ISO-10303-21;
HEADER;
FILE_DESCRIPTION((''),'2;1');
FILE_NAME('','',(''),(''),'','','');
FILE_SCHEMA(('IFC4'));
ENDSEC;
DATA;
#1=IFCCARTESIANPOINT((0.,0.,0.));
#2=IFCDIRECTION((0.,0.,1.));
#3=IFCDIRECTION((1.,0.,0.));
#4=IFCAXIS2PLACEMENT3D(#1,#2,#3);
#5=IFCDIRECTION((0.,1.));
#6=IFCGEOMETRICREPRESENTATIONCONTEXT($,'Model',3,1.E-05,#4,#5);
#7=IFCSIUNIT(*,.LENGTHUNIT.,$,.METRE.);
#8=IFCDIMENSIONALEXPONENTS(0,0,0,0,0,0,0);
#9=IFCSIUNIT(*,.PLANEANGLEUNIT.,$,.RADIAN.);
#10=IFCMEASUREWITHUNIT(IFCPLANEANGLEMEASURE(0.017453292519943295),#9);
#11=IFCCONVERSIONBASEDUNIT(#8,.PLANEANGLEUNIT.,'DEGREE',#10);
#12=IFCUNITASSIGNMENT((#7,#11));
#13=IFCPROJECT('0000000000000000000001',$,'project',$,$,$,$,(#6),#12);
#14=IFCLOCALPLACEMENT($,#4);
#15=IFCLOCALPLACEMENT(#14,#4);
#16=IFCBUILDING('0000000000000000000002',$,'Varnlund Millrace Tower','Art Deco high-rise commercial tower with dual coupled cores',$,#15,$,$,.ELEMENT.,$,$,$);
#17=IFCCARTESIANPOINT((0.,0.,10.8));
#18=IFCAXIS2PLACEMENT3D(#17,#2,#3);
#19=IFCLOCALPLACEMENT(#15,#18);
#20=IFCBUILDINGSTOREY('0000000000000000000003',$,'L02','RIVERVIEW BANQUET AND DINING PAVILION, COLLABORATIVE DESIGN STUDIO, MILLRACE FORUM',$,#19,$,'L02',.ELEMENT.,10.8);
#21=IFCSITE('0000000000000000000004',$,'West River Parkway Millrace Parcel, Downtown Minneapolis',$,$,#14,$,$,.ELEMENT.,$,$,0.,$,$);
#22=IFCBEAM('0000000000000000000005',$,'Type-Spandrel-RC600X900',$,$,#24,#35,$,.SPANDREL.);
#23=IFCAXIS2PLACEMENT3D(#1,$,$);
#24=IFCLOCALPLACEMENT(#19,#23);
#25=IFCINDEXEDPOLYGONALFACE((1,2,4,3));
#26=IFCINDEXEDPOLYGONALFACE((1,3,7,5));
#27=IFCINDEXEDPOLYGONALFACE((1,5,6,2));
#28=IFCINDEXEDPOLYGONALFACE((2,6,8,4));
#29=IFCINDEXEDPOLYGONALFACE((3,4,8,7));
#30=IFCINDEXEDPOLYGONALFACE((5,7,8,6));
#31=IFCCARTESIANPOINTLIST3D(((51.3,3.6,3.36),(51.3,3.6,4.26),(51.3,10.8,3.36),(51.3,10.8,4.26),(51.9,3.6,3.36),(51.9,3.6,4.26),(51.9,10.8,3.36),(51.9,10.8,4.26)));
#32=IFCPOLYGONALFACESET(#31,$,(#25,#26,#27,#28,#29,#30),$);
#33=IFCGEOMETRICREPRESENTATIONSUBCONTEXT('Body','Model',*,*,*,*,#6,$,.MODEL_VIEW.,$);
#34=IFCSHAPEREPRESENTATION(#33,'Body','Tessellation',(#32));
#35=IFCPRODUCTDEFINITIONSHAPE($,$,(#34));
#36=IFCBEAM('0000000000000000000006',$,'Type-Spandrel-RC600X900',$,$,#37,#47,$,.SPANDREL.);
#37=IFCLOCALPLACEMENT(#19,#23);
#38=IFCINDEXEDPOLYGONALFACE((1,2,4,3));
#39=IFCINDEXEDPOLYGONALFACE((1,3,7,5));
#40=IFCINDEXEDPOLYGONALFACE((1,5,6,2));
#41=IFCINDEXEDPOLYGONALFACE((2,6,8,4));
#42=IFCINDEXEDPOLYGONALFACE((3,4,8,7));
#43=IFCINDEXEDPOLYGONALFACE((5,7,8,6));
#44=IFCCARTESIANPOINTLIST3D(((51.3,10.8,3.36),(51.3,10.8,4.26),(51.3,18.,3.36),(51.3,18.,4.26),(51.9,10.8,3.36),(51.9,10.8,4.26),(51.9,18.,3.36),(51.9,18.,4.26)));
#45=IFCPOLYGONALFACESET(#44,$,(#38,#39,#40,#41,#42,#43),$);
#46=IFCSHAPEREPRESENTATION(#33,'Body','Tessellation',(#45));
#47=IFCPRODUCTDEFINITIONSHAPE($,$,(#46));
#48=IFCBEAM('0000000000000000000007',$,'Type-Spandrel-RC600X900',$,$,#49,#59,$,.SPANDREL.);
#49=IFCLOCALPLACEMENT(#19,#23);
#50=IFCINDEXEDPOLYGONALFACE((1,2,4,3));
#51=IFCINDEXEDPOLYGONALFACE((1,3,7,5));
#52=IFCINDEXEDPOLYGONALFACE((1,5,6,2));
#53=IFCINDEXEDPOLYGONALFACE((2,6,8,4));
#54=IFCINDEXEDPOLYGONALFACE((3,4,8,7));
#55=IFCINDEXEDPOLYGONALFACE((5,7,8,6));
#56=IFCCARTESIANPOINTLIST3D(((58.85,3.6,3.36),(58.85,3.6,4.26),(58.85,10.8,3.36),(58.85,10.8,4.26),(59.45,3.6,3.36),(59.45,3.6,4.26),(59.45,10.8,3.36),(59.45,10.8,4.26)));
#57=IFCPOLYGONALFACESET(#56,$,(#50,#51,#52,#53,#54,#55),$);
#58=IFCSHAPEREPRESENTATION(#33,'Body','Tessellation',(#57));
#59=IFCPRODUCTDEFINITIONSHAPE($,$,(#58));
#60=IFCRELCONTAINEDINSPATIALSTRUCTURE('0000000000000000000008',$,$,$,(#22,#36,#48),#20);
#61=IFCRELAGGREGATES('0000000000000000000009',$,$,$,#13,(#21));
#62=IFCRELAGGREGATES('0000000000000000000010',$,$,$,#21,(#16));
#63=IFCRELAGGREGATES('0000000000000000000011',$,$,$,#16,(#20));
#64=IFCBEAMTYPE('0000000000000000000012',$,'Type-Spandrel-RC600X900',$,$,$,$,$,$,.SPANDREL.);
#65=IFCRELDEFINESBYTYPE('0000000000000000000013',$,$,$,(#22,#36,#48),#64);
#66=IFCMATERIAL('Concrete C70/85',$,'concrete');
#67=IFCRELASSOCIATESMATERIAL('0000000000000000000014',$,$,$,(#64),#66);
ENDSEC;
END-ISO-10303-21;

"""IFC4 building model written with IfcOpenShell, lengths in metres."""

from ifc_helpers import new_model, entity, si_unit, converted_unit, direction, frame, origin_with_axes, origin_2d_with_axis, place, context, subcontext, project, spatial, rectangle, extrude, material, material_profile, profile_set, type_object, element, save


model = new_model("IFC4")

# Units and contexts
model_context = context("Model", 3, precision=1e-05, world=origin_with_axes(), true_north=direction((0.0, 1.0)))
body_context = subcontext(model_context, "Body", "Model", "MODEL_VIEW")
ifc_project = project(units=[si_unit("LENGTHUNIT", "METRE"), converted_unit("PLANEANGLEUNIT", "DEGREE", entity("IfcPlaneAngleMeasure", 0.017453292519943295), si_unit("PLANEANGLEUNIT", "RADIAN"), dimensions=[0, 0, 0, 0, 0, 0, 0])], contexts=[model_context])

# Site, building, storey
site_placement = place(None, origin_with_axes())
site = spatial("IfcSite", under=ifc_project, at=site_placement, Name="West River Parkway Millrace Parcel, Downtown Minneapolis", CompositionType="ELEMENT", RefElevation=0.0)
building_placement = place(site_placement, origin_with_axes())
building = spatial("IfcBuilding", under=site, at=building_placement, Name="Varnlund Millrace Tower", Description="Art Deco high-rise commercial tower with dual coupled cores", CompositionType="ELEMENT")
storey_placement = place(building_placement, frame((0.0, 0.0, 10.8), z_axis=(0.0, 0.0, 1.0), x_axis=(1.0, 0.0, 0.0)))
storey = spatial("IfcBuildingStorey", under=building, at=storey_placement, Name="L02", Description="RIVERVIEW BANQUET AND DINING PAVILION, COLLABORATIVE DESIGN STUDIO, MILLRACE FORUM", LongName="L02", CompositionType="ELEMENT", Elevation=10.8)

# Beams
ifc_material_1 = material(Name="Concrete C70/85", Category="concrete")
ifc_material_profile_1 = material_profile(ifc_material_1, rectangle(XDim=0.6, YDim=0.9, at=origin_2d_with_axis()), Name="Concrete C70/85")
ifc_profile_set_1 = profile_set([ifc_material_profile_1], Name="Concrete C70/85")
beam_type_1 = type_object("IfcBeamType", Name="Type-Spandrel-RC600X900", PredefinedType="SPANDREL", material=ifc_profile_set_1)
for number, where, z_axis, x_axis, name in (
    (1, (51.6, 3.6, 3.81), (0.0, 1.0, 0.0), (-1.0, 0.0, 0.0), "Type-Spandrel-RC600X900"),
    (2, (51.6, 10.8, 3.81), (0.0, 1.0, 0.0), (-1.0, 0.0, 0.0), "Type-Spandrel-RC600X900"),
    (3, (59.15, 3.6, 3.81), (0.0, 1.0, 0.0), (-1.0, 0.0, 0.0), "Type-Spandrel-RC600X900"),
):
    element("IfcBeam", number, at=place(storey_placement, frame(where, z_axis=z_axis, x_axis=x_axis)), inside=storey, type_object=beam_type_1, Name=name, PredefinedType="SPANDREL", context=body_context, shape_type="SweptSolid", body=[
        extrude(rectangle(XDim=0.6, YDim=0.9, at=origin_2d_with_axis()), origin_with_axes(), (0.0, 0.0, 1.0), 7.2),
    ])

save(model, "model.ifc")
